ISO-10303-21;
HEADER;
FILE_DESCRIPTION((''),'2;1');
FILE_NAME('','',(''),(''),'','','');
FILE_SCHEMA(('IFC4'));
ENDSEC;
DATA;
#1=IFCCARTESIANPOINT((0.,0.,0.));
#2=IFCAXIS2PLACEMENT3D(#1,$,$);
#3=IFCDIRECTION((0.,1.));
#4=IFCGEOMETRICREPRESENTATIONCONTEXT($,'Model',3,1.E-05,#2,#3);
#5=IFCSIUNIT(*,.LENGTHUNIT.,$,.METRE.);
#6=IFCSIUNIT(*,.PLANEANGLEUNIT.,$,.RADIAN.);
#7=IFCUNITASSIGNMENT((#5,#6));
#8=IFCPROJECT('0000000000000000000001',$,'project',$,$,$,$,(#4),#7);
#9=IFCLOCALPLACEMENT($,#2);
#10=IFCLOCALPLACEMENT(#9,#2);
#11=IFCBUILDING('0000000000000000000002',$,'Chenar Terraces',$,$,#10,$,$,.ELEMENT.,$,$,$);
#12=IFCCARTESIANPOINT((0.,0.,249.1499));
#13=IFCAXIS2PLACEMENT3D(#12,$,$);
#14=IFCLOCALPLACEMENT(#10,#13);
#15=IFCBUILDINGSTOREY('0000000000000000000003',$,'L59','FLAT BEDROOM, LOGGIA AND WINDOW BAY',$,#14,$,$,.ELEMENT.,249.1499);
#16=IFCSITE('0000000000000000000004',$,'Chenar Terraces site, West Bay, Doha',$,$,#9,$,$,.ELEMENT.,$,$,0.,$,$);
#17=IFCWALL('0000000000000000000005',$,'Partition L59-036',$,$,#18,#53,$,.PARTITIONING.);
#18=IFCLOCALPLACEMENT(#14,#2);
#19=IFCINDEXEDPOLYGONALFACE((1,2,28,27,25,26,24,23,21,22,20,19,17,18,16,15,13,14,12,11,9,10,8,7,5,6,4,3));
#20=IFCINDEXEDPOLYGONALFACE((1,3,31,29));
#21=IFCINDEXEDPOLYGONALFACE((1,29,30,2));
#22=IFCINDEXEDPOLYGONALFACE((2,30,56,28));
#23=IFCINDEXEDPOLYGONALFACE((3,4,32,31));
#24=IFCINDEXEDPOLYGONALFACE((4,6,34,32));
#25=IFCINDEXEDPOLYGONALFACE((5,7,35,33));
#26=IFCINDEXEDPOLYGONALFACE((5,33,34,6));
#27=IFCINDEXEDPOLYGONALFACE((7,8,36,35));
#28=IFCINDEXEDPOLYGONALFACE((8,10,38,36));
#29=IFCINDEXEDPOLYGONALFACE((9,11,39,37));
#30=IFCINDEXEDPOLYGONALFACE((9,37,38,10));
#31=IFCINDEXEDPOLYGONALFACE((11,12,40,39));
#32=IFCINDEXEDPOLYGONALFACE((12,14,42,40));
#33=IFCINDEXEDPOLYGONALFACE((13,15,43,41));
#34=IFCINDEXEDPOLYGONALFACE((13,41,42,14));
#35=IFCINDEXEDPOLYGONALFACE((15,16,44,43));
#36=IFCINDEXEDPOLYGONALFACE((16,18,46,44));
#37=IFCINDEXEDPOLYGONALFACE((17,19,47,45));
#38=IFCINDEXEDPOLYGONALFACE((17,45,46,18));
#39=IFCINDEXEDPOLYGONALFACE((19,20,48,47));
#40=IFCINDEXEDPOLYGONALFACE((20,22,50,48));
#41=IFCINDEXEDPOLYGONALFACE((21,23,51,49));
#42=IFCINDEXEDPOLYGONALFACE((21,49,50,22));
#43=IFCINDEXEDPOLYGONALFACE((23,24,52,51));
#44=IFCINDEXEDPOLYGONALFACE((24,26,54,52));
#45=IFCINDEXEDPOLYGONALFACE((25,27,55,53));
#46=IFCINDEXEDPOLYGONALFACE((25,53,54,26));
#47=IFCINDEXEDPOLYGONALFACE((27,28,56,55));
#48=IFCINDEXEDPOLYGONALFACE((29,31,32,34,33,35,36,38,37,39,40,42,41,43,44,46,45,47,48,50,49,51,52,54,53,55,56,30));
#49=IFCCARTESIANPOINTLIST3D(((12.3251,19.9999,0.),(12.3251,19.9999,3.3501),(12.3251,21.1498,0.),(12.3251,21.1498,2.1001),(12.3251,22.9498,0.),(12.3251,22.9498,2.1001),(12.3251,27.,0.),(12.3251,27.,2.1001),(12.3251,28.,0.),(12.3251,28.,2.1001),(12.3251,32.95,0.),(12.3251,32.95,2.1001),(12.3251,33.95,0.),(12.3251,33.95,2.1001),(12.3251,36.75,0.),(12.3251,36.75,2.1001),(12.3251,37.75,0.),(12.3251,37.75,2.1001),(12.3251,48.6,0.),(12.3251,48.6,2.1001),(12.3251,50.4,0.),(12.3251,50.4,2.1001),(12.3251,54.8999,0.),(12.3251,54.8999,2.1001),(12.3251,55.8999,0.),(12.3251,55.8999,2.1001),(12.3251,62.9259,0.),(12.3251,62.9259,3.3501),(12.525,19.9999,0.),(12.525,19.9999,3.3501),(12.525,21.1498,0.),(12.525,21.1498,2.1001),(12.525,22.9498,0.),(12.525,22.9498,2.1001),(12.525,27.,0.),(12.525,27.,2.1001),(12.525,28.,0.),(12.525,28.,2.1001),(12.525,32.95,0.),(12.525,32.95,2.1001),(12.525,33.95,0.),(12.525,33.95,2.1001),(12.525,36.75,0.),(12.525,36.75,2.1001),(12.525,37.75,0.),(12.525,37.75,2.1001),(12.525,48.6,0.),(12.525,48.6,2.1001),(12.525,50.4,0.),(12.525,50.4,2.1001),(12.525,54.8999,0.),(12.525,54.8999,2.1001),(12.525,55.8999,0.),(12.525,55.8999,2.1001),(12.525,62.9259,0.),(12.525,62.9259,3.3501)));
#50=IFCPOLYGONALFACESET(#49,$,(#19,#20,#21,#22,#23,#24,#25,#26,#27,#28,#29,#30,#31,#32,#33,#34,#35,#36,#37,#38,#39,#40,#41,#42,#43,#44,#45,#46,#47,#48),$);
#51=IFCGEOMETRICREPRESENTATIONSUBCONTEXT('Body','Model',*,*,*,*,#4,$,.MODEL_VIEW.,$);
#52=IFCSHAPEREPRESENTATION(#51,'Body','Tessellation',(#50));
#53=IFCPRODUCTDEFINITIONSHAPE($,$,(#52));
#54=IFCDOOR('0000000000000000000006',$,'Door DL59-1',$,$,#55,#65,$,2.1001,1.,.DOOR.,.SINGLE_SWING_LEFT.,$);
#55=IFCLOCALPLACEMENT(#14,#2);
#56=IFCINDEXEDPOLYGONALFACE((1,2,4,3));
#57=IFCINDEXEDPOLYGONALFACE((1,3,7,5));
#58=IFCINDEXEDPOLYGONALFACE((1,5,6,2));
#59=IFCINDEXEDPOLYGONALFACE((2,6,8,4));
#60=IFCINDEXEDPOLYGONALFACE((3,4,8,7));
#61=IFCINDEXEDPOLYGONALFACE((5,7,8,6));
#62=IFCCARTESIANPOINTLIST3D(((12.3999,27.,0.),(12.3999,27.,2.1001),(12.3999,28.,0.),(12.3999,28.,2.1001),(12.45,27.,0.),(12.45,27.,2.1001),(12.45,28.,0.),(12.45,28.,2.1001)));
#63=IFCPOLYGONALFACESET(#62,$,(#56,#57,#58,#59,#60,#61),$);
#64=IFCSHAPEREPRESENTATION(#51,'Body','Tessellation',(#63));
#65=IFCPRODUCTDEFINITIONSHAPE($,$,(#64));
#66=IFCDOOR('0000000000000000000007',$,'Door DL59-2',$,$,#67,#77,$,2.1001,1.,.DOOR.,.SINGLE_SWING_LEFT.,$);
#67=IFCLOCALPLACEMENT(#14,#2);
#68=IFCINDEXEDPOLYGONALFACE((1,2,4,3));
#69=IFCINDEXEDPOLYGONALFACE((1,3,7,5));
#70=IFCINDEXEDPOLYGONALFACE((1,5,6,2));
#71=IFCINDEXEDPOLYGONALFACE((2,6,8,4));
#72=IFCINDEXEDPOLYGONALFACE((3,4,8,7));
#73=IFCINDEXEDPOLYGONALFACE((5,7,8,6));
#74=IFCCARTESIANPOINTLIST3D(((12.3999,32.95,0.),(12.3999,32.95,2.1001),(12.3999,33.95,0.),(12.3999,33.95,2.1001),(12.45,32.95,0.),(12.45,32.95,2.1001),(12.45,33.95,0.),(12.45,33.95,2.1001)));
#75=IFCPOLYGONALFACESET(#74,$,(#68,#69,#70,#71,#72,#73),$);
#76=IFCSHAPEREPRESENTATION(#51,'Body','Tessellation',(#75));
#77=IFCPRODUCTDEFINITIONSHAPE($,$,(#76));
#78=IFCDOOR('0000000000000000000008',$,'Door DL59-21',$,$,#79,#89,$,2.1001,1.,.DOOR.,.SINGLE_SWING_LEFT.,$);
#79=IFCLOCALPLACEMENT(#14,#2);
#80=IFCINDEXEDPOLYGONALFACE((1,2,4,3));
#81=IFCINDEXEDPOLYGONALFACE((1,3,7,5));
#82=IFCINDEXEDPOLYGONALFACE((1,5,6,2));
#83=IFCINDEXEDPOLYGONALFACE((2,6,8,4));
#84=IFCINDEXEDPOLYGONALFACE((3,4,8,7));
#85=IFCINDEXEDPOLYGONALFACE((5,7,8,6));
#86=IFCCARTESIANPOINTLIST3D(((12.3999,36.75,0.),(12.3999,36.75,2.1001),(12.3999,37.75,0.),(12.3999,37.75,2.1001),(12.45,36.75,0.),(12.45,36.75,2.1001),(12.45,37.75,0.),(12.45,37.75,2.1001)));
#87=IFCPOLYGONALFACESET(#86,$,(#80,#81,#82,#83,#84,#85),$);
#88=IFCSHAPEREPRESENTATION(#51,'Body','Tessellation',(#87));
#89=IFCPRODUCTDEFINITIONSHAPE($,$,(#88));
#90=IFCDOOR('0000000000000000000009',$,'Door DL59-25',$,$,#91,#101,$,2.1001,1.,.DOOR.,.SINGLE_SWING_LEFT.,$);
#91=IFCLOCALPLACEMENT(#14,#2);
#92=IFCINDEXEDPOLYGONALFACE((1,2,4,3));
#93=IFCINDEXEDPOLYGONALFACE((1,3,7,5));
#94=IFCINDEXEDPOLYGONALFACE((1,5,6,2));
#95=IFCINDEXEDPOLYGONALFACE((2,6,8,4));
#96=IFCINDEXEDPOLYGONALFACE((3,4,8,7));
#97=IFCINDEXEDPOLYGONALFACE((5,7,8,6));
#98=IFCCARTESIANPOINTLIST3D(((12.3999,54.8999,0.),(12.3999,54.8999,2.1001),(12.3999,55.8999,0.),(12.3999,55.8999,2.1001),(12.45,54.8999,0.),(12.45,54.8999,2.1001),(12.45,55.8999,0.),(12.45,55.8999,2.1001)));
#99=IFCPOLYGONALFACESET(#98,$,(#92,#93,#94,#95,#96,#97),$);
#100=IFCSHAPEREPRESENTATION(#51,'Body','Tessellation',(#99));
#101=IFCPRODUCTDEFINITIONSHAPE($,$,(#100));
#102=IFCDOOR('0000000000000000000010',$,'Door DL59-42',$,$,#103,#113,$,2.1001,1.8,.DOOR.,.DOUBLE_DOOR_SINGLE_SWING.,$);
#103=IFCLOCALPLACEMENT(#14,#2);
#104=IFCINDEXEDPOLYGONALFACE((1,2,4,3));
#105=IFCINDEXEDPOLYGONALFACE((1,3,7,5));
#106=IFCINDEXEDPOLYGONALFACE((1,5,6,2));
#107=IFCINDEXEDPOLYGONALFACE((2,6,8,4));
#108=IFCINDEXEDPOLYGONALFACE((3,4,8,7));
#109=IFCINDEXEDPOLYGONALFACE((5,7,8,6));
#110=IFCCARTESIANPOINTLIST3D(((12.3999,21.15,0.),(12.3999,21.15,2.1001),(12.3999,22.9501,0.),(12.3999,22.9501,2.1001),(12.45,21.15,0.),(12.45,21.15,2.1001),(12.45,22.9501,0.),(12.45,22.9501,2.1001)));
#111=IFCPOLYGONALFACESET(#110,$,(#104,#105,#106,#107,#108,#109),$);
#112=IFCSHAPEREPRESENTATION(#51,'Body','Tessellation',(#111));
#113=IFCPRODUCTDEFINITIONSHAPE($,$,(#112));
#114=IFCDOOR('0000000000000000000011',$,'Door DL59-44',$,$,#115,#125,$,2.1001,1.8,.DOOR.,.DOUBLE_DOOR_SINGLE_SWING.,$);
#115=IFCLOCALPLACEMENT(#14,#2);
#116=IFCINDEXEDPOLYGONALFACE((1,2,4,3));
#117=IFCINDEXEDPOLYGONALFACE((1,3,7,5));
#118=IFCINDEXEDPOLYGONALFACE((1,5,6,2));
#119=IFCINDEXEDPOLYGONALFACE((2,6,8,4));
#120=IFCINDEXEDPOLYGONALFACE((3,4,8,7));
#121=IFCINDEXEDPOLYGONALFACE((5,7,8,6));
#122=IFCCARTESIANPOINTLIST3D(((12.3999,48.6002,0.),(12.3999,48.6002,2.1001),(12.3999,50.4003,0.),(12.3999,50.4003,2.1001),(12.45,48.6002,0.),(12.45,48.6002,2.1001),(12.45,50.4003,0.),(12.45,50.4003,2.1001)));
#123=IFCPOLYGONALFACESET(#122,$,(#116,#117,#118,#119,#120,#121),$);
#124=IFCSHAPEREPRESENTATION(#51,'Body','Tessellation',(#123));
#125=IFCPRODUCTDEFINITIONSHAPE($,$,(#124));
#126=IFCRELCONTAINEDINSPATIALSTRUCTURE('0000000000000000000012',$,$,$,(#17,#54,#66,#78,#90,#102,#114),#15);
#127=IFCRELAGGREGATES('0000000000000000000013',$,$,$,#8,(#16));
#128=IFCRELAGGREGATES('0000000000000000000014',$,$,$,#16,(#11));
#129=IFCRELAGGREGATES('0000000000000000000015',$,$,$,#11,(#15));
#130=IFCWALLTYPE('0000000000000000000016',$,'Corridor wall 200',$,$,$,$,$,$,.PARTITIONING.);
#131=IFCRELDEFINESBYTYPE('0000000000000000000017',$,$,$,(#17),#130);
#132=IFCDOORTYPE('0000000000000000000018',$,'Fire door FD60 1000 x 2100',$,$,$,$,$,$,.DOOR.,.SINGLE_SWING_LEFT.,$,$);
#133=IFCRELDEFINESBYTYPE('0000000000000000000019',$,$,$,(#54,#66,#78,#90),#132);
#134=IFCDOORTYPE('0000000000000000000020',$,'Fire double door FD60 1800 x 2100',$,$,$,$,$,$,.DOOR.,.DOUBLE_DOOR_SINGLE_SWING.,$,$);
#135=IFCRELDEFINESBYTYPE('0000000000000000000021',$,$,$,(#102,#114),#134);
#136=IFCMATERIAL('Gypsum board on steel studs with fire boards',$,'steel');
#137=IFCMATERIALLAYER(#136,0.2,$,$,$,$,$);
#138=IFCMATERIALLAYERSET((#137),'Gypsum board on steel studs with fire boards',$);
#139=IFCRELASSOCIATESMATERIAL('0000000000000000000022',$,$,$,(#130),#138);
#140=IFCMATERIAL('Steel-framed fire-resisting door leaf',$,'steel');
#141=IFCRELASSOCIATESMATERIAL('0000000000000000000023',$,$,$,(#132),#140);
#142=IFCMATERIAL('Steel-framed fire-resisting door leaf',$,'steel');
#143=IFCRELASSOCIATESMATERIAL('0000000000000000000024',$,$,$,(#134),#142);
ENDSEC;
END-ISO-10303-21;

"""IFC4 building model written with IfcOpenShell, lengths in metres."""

from ifc_helpers import new_model, si_unit, direction, frame, frame_2d, origin, place, context, subcontext, project, spatial, rectangle, extrude, material, layer, layer_set, type_object, element, fill, save


model = new_model("IFC4")

# Units and contexts
model_context = context("Model", 3, precision=1e-05, world=origin(), true_north=direction((0.0, 1.0)))
body_context = subcontext(model_context, "Body", "Model", "MODEL_VIEW")
ifc_project = project(units=[si_unit("LENGTHUNIT", "METRE"), si_unit("PLANEANGLEUNIT", "RADIAN")], contexts=[model_context])

# Site, building, storey
site_placement = place(None, origin())
site = spatial("IfcSite", under=ifc_project, at=site_placement, Name="Chenar Terraces site, West Bay, Doha", CompositionType="ELEMENT", RefElevation=0.0)
building_placement = place(site_placement, origin())
building = spatial("IfcBuilding", under=site, at=building_placement, Name="Chenar Terraces", CompositionType="ELEMENT")
storey_placement = place(building_placement, frame((0.0, 0.0, 249.1499)))
storey = spatial("IfcBuildingStorey", under=building, at=storey_placement, Name="L59", Description="FLAT BEDROOM, LOGGIA AND WINDOW BAY", CompositionType="ELEMENT", Elevation=249.1499)

# Wall, openings, doors
ifc_material_1 = material(Name="Gypsum board on steel studs with fire boards", Category="steel")
ifc_layer_1 = layer(ifc_material_1, 0.2)
ifc_layer_set_1 = layer_set([ifc_layer_1], Name="Gypsum board on steel studs with fire boards")
wall_type_1 = type_object("IfcWallType", Name="Corridor wall 200", PredefinedType="PARTITIONING", material=ifc_layer_set_1)
wall_1_placement = place(storey_placement, frame((12.425, 20.0, 0.0), z_axis=(0.0, 0.0, 1.0), x_axis=(0.0, 1.0, 0.0)))
wall_1 = element("IfcWall", 1, at=wall_1_placement, inside=storey, type_object=wall_type_1, Name="Partition L59-036", PredefinedType="PARTITIONING", context=body_context, shape_type="SweptSolid", body=[
    extrude(rectangle(XDim=42.926, YDim=0.2, at=frame_2d((21.4629, 0.0))), origin(), (0.0, 0.0, 1.0), 3.3501),
])
opening_1_placement = place(wall_1_placement, frame((7.0, 0.0, 0.0)))
opening_1 = element("IfcOpeningElement", 2, at=opening_1_placement, cuts=wall_1, PredefinedType="OPENING", context=body_context, shape_type="SweptSolid", body=[
    extrude(rectangle(XDim=1.0, YDim=2.1001, at=frame_2d((0.5, 1.05))), frame((0.0, 0.1099, 0.0), z_axis=(0.0, -1.0, 0.0), x_axis=(1.0, 0.0, 0.0)), (0.0, 0.0, 1.0), 0.22),
])
opening_2_placement = place(wall_1_placement, frame((12.95, 0.0, 0.0)))
opening_2 = element("IfcOpeningElement", 3, at=opening_2_placement, cuts=wall_1, PredefinedType="OPENING", context=body_context, shape_type="SweptSolid", body=[
    extrude(rectangle(XDim=1.0, YDim=2.1001, at=frame_2d((0.5, 1.05))), frame((0.0, 0.1099, 0.0), z_axis=(0.0, -1.0, 0.0), x_axis=(1.0, 0.0, 0.0)), (0.0, 0.0, 1.0), 0.22),
])
opening_3_placement = place(wall_1_placement, frame((16.75, 0.0, 0.0)))
opening_3 = element("IfcOpeningElement", 4, at=opening_3_placement, cuts=wall_1, PredefinedType="OPENING", context=body_context, shape_type="SweptSolid", body=[
    extrude(rectangle(XDim=1.0, YDim=2.1001, at=frame_2d((0.5, 1.05))), frame((0.0, 0.1099, 0.0), z_axis=(0.0, -1.0, 0.0), x_axis=(1.0, 0.0, 0.0)), (0.0, 0.0, 1.0), 0.22),
])
opening_4_placement = place(wall_1_placement, frame((34.8999, 0.0, 0.0)))
opening_4 = element("IfcOpeningElement", 5, at=opening_4_placement, cuts=wall_1, PredefinedType="OPENING", context=body_context, shape_type="SweptSolid", body=[
    extrude(rectangle(XDim=1.0, YDim=2.1001, at=frame_2d((0.5, 1.05))), frame((0.0, 0.1099, 0.0), z_axis=(0.0, -1.0, 0.0), x_axis=(1.0, 0.0, 0.0)), (0.0, 0.0, 1.0), 0.22),
])
opening_5_placement = place(wall_1_placement, frame((1.1499, 0.0, 0.0)))
opening_5 = element("IfcOpeningElement", 6, at=opening_5_placement, cuts=wall_1, PredefinedType="OPENING", context=body_context, shape_type="SweptSolid", body=[
    extrude(rectangle(XDim=1.8, YDim=2.1001, at=frame_2d((0.8999, 1.05))), frame((0.0, 0.1099, 0.0), z_axis=(0.0, -1.0, 0.0), x_axis=(1.0, 0.0, 0.0)), (0.0, 0.0, 1.0), 0.22),
])
opening_6_placement = place(wall_1_placement, frame((28.6001, 0.0, 0.0)))
opening_6 = element("IfcOpeningElement", 7, at=opening_6_placement, cuts=wall_1, PredefinedType="OPENING", context=body_context, shape_type="SweptSolid", body=[
    extrude(rectangle(XDim=1.8, YDim=2.1001, at=frame_2d((0.8999, 1.05))), frame((0.0, 0.1099, 0.0), z_axis=(0.0, -1.0, 0.0), x_axis=(1.0, 0.0, 0.0)), (0.0, 0.0, 1.0), 0.22),
])
ifc_material_2 = material(Name="Steel-framed fire-resisting door leaf", Category="steel")
door_type_1 = type_object("IfcDoorType", Name="Fire door FD60 1000 x 2100", OperationType="SINGLE_SWING_LEFT", PredefinedType="DOOR", material=ifc_material_2)
door_1_placement = place(opening_1_placement, frame((1.0, 0.0, 0.0), z_axis=(0.0, 0.0, 1.0), x_axis=(-1.0, 0.0, 0.0)))
door_1 = element("IfcDoor", 8, at=door_1_placement, inside=storey, type_object=door_type_1, Name="Door DL59-1", OperationType="SINGLE_SWING_LEFT", OverallHeight=2.1001, OverallWidth=1.0, PredefinedType="DOOR", context=body_context, shape_type="SweptSolid", body=[
    extrude(rectangle(XDim=1.0, YDim=2.1001, at=frame_2d((0.5, 1.05))), frame((0.0, 0.0249, 0.0), z_axis=(0.0, -1.0, 0.0), x_axis=(1.0, 0.0, 0.0)), (0.0, 0.0, 1.0), 0.05),
])
fill(opening_1, door_1)
door_2_placement = place(opening_2_placement, frame((1.0, 0.0, 0.0), z_axis=(0.0, 0.0, 1.0), x_axis=(-1.0, 0.0, 0.0)))
door_2 = element("IfcDoor", 9, at=door_2_placement, inside=storey, type_object=door_type_1, Name="Door DL59-2", OperationType="SINGLE_SWING_LEFT", OverallHeight=2.1001, OverallWidth=1.0, PredefinedType="DOOR", context=body_context, shape_type="SweptSolid", body=[
    extrude(rectangle(XDim=1.0, YDim=2.1001, at=frame_2d((0.5, 1.05))), frame((0.0, 0.0249, 0.0), z_axis=(0.0, -1.0, 0.0), x_axis=(1.0, 0.0, 0.0)), (0.0, 0.0, 1.0), 0.05),
])
fill(opening_2, door_2)
door_3_placement = place(opening_3_placement, frame((1.0, 0.0, 0.0), z_axis=(0.0, 0.0, 1.0), x_axis=(-1.0, 0.0, 0.0)))
door_3 = element("IfcDoor", 10, at=door_3_placement, inside=storey, type_object=door_type_1, Name="Door DL59-21", OperationType="SINGLE_SWING_LEFT", OverallHeight=2.1001, OverallWidth=1.0, PredefinedType="DOOR", context=body_context, shape_type="SweptSolid", body=[
    extrude(rectangle(XDim=1.0, YDim=2.1001, at=frame_2d((0.5, 1.05))), frame((0.0, 0.0249, 0.0), z_axis=(0.0, -1.0, 0.0), x_axis=(1.0, 0.0, 0.0)), (0.0, 0.0, 1.0), 0.05),
])
fill(opening_3, door_3)
door_4_placement = place(opening_4_placement, frame((1.0, 0.0, 0.0), z_axis=(0.0, 0.0, 1.0), x_axis=(-1.0, 0.0, 0.0)))
door_4 = element("IfcDoor", 11, at=door_4_placement, inside=storey, type_object=door_type_1, Name="Door DL59-25", OperationType="SINGLE_SWING_LEFT", OverallHeight=2.1001, OverallWidth=1.0, PredefinedType="DOOR", context=body_context, shape_type="SweptSolid", body=[
    extrude(rectangle(XDim=1.0, YDim=2.1001, at=frame_2d((0.5, 1.05))), frame((0.0, 0.0249, 0.0), z_axis=(0.0, -1.0, 0.0), x_axis=(1.0, 0.0, 0.0)), (0.0, 0.0, 1.0), 0.05),
])
fill(opening_4, door_4)
ifc_material_3 = material(Name="Steel-framed fire-resisting door leaf", Category="steel")
door_type_2 = type_object("IfcDoorType", Name="Fire double door FD60 1800 x 2100", OperationType="DOUBLE_DOOR_SINGLE_SWING", PredefinedType="DOOR", material=ifc_material_3)
door_5_placement = place(opening_5_placement, frame((1.8, 0.0, 0.0), z_axis=(0.0, 0.0, 1.0), x_axis=(-1.0, 0.0, 0.0)))
door_5 = element("IfcDoor", 12, at=door_5_placement, inside=storey, type_object=door_type_2, Name="Door DL59-42", OperationType="DOUBLE_DOOR_SINGLE_SWING", OverallHeight=2.1001, OverallWidth=1.8, PredefinedType="DOOR", context=body_context, shape_type="SweptSolid", body=[
    extrude(rectangle(XDim=1.8, YDim=2.1001, at=frame_2d((0.8999, 1.05))), frame((0.0, 0.0249, 0.0), z_axis=(0.0, -1.0, 0.0), x_axis=(1.0, 0.0, 0.0)), (0.0, 0.0, 1.0), 0.05),
])
fill(opening_5, door_5)
door_6_placement = place(opening_6_placement, frame((1.8, 0.0, 0.0), z_axis=(0.0, 0.0, 1.0), x_axis=(-1.0, 0.0, 0.0)))
door_6 = element("IfcDoor", 13, at=door_6_placement, inside=storey, type_object=door_type_2, Name="Door DL59-44", OperationType="DOUBLE_DOOR_SINGLE_SWING", OverallHeight=2.1001, OverallWidth=1.8, PredefinedType="DOOR", context=body_context, shape_type="SweptSolid", body=[
    extrude(rectangle(XDim=1.8, YDim=2.1001, at=frame_2d((0.8999, 1.05))), frame((0.0, 0.0249, 0.0), z_axis=(0.0, -1.0, 0.0), x_axis=(1.0, 0.0, 0.0)), (0.0, 0.0, 1.0), 0.05),
])
fill(opening_6, door_6)

save(model, "model.ifc")
